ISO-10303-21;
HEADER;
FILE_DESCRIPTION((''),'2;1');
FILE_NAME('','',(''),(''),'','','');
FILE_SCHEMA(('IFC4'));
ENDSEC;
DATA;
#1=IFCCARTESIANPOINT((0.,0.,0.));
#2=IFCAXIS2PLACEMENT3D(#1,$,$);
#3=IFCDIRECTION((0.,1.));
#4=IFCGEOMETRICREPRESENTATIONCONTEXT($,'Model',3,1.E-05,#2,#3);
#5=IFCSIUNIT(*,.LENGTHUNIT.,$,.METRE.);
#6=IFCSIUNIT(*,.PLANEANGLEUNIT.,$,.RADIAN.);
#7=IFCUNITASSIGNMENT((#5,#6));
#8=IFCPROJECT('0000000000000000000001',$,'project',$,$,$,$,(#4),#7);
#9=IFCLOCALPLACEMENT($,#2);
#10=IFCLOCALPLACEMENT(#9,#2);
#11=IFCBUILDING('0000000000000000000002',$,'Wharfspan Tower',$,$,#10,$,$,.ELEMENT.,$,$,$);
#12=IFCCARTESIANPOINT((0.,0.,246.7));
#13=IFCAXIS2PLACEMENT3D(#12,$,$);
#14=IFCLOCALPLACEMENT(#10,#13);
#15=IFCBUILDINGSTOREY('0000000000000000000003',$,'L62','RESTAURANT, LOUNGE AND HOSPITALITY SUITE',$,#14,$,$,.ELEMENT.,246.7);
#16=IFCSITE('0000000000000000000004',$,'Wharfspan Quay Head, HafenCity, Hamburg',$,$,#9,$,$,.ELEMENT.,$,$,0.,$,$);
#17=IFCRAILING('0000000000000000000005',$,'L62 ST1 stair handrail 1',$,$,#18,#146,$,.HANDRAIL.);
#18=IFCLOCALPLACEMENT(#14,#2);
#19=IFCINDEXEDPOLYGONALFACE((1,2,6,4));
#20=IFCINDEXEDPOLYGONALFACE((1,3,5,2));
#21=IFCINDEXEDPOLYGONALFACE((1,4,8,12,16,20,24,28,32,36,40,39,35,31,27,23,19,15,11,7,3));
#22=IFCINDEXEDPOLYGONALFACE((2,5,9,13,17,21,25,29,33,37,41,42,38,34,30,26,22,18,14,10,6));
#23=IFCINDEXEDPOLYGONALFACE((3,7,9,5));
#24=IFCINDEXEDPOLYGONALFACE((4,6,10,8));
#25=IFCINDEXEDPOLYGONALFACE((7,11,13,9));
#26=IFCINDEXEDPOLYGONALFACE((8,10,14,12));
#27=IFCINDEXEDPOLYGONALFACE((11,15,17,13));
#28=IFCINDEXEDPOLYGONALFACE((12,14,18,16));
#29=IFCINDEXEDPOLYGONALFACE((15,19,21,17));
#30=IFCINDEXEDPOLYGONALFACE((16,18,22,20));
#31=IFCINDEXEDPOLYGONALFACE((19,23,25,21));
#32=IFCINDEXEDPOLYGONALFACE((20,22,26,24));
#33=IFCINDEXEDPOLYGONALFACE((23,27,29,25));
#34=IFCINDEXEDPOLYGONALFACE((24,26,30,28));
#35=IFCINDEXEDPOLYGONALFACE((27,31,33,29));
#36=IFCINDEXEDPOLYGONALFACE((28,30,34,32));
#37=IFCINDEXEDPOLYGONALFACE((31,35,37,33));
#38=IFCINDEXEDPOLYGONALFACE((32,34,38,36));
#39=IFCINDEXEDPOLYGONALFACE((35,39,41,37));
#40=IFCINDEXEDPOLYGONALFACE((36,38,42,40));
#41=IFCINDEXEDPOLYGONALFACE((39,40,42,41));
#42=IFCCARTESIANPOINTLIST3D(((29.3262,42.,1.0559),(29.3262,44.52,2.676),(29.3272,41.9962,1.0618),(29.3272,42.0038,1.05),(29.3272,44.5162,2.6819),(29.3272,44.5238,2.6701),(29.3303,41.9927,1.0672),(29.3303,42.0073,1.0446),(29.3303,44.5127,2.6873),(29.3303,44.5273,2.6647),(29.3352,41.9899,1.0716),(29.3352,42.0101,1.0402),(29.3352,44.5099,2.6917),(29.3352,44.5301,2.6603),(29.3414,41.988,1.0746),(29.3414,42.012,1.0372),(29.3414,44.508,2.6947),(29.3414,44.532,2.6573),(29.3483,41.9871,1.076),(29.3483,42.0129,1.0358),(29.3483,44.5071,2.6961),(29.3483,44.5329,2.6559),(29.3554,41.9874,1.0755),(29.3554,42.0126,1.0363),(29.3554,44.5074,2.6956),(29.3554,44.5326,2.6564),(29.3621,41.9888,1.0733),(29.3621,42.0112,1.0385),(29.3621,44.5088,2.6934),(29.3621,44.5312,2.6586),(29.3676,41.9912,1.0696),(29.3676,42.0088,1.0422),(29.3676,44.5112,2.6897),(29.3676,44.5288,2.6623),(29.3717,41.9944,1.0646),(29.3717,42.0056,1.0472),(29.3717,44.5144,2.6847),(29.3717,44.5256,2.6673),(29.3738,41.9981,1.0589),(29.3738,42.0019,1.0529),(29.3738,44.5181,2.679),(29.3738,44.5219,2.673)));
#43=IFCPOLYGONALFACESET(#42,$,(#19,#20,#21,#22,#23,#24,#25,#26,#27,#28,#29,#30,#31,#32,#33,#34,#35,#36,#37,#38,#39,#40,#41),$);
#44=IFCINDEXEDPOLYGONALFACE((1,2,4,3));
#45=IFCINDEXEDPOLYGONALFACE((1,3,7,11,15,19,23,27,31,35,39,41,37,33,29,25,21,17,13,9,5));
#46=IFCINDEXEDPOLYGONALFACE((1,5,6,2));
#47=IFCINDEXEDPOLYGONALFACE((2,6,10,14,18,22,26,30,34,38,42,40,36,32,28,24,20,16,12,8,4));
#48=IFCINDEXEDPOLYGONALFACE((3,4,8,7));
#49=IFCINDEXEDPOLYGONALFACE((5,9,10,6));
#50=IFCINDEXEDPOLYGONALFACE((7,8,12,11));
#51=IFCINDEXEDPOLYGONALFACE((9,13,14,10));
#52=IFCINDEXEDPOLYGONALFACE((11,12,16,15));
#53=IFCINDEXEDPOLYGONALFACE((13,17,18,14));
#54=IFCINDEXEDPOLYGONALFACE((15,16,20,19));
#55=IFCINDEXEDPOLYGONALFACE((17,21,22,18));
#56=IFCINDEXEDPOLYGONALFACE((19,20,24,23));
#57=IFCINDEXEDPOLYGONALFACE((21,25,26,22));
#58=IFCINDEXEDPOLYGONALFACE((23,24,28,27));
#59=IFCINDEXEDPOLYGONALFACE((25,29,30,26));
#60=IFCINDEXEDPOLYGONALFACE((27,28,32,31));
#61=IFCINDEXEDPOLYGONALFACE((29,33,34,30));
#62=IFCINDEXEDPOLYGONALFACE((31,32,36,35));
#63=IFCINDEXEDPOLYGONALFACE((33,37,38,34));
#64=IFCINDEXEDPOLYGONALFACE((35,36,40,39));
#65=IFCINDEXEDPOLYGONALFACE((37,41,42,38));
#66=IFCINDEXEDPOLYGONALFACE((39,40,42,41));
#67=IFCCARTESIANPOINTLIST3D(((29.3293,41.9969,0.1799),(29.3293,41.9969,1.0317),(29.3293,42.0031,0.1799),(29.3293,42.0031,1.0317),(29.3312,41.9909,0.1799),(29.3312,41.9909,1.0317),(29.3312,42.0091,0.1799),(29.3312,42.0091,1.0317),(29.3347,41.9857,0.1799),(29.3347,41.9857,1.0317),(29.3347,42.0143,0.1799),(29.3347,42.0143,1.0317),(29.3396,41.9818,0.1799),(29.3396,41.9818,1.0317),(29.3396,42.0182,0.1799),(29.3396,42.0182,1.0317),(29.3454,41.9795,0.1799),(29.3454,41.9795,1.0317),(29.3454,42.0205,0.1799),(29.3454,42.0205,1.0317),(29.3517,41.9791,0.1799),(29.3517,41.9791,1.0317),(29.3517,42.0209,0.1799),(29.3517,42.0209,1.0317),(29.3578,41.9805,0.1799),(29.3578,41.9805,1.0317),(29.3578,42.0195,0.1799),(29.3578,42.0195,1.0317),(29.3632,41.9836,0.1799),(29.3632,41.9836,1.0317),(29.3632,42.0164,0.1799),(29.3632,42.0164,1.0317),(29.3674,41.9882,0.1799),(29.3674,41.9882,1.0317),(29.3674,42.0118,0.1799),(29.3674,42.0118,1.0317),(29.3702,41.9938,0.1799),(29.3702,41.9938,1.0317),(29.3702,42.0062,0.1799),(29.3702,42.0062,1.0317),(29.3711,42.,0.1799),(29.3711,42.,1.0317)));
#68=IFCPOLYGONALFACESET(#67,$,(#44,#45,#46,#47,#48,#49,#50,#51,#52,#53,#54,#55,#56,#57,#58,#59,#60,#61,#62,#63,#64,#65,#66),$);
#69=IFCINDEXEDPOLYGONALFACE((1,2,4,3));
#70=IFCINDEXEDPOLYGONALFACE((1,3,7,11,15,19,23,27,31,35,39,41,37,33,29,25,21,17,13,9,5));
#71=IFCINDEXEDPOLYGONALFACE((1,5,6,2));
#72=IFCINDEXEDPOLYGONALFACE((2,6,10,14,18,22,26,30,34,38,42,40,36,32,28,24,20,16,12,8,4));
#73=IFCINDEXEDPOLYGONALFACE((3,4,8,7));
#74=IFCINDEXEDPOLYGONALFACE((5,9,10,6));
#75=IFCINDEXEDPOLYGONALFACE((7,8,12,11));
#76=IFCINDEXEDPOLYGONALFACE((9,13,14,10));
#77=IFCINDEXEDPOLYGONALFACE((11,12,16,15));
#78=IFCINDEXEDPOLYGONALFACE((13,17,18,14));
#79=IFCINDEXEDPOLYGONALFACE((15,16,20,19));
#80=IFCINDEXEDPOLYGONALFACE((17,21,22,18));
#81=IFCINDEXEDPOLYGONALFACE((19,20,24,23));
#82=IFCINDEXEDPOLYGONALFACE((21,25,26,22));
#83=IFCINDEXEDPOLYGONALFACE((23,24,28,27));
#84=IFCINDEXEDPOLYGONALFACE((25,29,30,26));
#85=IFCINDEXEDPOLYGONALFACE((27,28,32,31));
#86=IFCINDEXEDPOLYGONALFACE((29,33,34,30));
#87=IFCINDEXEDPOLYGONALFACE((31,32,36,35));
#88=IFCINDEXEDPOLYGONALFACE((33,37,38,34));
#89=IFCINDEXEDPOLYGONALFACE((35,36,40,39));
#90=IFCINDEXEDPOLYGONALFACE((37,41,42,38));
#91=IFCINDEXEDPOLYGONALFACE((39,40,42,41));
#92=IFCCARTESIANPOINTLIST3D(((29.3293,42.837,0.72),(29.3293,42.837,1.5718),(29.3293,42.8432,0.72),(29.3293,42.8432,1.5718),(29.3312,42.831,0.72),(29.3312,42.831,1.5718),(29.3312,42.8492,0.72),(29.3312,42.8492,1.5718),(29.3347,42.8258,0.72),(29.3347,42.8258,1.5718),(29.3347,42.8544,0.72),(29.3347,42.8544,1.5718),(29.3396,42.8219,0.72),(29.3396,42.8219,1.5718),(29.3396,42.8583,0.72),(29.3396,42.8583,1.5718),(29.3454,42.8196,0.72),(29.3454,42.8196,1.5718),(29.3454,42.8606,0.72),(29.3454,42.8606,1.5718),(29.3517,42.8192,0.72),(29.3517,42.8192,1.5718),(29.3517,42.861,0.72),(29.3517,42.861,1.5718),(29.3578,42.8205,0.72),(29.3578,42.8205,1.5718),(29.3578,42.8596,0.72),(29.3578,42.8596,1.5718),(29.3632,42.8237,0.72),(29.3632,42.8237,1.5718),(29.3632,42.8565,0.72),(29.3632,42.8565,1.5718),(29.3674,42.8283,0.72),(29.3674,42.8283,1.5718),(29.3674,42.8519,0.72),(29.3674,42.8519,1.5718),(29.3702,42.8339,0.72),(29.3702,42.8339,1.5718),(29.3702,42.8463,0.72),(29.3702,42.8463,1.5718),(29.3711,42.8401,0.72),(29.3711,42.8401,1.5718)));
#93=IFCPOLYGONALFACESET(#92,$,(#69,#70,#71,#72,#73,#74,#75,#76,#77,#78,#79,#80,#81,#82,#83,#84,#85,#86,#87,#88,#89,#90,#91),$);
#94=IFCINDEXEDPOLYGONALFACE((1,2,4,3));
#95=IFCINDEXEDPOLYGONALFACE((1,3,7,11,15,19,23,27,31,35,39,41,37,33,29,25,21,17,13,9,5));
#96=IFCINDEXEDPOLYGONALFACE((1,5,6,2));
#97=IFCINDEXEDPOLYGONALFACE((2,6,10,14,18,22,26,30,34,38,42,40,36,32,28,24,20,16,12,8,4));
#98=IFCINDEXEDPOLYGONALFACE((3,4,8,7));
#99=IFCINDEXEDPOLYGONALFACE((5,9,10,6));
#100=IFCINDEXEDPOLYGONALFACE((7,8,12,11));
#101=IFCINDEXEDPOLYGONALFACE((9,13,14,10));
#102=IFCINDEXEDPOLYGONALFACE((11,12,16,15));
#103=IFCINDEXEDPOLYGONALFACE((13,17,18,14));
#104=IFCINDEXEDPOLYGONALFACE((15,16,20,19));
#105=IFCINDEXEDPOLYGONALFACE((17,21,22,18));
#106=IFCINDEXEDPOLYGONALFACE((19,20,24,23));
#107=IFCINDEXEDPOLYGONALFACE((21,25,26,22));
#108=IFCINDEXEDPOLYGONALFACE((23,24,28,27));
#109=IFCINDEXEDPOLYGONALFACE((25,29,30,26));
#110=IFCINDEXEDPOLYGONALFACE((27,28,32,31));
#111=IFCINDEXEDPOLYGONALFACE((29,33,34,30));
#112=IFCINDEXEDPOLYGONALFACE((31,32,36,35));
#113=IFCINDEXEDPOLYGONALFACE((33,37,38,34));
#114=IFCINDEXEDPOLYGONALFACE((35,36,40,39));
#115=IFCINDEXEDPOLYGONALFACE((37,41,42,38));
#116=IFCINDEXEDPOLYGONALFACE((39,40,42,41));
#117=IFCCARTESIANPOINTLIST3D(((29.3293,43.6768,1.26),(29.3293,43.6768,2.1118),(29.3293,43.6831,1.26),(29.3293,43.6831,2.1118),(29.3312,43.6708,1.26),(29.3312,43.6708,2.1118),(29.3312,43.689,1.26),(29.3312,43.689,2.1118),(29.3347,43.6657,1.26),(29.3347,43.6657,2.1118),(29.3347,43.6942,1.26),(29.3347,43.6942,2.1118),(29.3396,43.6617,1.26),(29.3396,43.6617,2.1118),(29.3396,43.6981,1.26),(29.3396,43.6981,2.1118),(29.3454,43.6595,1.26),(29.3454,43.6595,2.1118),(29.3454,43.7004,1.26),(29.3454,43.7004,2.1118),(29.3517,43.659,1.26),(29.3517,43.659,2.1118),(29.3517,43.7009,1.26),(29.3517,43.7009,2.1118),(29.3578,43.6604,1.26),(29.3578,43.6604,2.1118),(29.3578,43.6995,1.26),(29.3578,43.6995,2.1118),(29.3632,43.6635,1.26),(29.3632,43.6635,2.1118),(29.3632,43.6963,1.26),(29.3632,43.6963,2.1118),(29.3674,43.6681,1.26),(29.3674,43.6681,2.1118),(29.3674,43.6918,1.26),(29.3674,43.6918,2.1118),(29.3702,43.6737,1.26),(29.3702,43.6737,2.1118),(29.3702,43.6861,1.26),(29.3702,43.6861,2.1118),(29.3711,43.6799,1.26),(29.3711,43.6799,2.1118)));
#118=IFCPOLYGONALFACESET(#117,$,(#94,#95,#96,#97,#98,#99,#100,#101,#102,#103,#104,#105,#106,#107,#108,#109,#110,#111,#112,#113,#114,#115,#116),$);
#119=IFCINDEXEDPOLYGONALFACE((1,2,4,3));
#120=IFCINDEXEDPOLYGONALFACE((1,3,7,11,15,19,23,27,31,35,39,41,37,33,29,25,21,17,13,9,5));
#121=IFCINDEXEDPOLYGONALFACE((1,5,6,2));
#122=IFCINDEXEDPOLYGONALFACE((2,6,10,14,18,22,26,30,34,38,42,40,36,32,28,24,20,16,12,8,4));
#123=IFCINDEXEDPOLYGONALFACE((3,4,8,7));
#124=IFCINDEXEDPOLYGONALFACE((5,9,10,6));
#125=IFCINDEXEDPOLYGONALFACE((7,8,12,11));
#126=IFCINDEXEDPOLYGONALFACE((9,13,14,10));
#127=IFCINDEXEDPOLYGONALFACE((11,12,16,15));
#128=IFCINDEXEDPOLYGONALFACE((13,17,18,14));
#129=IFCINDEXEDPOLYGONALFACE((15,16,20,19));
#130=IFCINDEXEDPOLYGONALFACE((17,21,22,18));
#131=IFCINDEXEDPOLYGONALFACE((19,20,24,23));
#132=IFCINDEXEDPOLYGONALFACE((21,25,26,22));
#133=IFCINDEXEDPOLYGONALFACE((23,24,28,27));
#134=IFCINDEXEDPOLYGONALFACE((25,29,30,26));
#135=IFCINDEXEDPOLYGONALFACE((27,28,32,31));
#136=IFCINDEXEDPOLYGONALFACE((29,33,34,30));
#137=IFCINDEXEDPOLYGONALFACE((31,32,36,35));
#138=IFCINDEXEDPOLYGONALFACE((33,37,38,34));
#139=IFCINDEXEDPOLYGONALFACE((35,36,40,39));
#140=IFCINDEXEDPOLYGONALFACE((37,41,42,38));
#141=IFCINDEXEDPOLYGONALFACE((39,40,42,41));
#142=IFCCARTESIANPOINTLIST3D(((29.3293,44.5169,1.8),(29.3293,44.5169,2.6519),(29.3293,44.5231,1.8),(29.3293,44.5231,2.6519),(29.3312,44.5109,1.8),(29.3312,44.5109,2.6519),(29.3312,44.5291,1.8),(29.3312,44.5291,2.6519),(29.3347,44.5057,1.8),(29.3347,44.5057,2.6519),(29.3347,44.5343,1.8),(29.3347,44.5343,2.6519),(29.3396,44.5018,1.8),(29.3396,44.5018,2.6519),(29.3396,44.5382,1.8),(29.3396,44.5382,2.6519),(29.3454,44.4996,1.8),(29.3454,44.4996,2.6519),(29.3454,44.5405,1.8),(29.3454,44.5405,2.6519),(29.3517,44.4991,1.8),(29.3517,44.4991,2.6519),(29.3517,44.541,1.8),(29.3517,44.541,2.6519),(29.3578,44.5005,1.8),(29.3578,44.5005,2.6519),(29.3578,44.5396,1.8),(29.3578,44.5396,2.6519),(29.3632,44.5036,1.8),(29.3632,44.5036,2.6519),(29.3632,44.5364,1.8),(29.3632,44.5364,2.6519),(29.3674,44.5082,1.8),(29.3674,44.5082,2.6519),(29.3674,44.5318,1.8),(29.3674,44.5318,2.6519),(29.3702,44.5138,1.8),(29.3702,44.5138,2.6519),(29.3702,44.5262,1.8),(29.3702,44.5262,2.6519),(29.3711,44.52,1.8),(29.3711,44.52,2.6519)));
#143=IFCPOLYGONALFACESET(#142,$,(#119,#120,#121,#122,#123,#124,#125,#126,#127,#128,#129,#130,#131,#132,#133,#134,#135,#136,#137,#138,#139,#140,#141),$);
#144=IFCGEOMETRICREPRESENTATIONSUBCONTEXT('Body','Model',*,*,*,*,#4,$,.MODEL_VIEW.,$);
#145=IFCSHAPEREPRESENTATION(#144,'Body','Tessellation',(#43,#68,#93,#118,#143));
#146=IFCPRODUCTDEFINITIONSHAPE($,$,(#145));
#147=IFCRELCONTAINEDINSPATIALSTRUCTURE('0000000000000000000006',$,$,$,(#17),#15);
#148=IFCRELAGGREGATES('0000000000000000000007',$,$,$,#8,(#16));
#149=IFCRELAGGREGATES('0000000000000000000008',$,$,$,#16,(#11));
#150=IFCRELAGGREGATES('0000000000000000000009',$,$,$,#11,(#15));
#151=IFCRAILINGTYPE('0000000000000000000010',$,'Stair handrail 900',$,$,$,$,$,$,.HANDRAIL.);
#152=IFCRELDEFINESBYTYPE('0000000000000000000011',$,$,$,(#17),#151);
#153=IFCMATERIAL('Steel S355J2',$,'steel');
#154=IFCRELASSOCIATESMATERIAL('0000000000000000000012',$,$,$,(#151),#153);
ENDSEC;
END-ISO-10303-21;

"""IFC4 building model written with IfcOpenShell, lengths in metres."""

from ifc_helpers import new_model, si_unit, direction, frame, origin, origin_2d, place, context, subcontext, project, spatial, circle, extrude, material, type_object, element, save


model = new_model("IFC4")

# Units and contexts
model_context = context("Model", 3, precision=1e-05, world=origin(), true_north=direction((0.0, 1.0)))
body_context = subcontext(model_context, "Body", "Model", "MODEL_VIEW")
ifc_project = project(units=[si_unit("LENGTHUNIT", "METRE"), si_unit("PLANEANGLEUNIT", "RADIAN")], contexts=[model_context])

# Site, building, storey
site_placement = place(None, origin())
site = spatial("IfcSite", under=ifc_project, at=site_placement, Name="Wharfspan Quay Head, HafenCity, Hamburg", CompositionType="ELEMENT", RefElevation=0.0)
building_placement = place(site_placement, origin())
building = spatial("IfcBuilding", under=site, at=building_placement, Name="Wharfspan Tower", CompositionType="ELEMENT")
storey_placement = place(building_placement, frame((0.0, 0.0, 246.7)))
storey = spatial("IfcBuildingStorey", under=building, at=storey_placement, Name="L62", Description="RESTAURANT, LOUNGE AND HOSPITALITY SUITE", CompositionType="ELEMENT", Elevation=246.7)

# Shared definitions
ifc_material_1 = material(Name="Steel S355J2", Category="steel")

# Railing
railing_type = type_object("IfcRailingType", Name="Stair handrail 900", PredefinedType="HANDRAIL", material=ifc_material_1)
railing_placement = place(storey_placement, frame((29.3501, 42.0, 0.1799)))
element("IfcRailing", 1, at=railing_placement, inside=storey, type_object=railing_type, Name="L62 ST1 stair handrail 1", PredefinedType="HANDRAIL", context=body_context, shape_type="SweptSolid", body=[
    extrude(circle(Radius=0.0239, at=origin_2d()), frame((0.0, 0.0, 0.876), z_axis=(0.0, 0.841163, 0.540782), x_axis=(-1.0, 0.0, 0.0)), (0.0, 0.0, 1.0), 2.9958),
    extrude(circle(Radius=0.021, at=origin_2d()), origin(), (0.0, 0.0, 1.0), 0.8518),
    extrude(circle(Radius=0.021, at=origin_2d()), frame((0.0, 0.8401, 0.54)), (0.0, 0.0, 1.0), 0.8518),
    extrude(circle(Radius=0.021, at=origin_2d()), frame((0.0, 1.6799, 1.0801)), (0.0, 0.0, 1.0), 0.8518),
    extrude(circle(Radius=0.021, at=origin_2d()), frame((0.0, 2.52, 1.6201)), (0.0, 0.0, 1.0), 0.8518),
])

save(model, "model.ifc")
